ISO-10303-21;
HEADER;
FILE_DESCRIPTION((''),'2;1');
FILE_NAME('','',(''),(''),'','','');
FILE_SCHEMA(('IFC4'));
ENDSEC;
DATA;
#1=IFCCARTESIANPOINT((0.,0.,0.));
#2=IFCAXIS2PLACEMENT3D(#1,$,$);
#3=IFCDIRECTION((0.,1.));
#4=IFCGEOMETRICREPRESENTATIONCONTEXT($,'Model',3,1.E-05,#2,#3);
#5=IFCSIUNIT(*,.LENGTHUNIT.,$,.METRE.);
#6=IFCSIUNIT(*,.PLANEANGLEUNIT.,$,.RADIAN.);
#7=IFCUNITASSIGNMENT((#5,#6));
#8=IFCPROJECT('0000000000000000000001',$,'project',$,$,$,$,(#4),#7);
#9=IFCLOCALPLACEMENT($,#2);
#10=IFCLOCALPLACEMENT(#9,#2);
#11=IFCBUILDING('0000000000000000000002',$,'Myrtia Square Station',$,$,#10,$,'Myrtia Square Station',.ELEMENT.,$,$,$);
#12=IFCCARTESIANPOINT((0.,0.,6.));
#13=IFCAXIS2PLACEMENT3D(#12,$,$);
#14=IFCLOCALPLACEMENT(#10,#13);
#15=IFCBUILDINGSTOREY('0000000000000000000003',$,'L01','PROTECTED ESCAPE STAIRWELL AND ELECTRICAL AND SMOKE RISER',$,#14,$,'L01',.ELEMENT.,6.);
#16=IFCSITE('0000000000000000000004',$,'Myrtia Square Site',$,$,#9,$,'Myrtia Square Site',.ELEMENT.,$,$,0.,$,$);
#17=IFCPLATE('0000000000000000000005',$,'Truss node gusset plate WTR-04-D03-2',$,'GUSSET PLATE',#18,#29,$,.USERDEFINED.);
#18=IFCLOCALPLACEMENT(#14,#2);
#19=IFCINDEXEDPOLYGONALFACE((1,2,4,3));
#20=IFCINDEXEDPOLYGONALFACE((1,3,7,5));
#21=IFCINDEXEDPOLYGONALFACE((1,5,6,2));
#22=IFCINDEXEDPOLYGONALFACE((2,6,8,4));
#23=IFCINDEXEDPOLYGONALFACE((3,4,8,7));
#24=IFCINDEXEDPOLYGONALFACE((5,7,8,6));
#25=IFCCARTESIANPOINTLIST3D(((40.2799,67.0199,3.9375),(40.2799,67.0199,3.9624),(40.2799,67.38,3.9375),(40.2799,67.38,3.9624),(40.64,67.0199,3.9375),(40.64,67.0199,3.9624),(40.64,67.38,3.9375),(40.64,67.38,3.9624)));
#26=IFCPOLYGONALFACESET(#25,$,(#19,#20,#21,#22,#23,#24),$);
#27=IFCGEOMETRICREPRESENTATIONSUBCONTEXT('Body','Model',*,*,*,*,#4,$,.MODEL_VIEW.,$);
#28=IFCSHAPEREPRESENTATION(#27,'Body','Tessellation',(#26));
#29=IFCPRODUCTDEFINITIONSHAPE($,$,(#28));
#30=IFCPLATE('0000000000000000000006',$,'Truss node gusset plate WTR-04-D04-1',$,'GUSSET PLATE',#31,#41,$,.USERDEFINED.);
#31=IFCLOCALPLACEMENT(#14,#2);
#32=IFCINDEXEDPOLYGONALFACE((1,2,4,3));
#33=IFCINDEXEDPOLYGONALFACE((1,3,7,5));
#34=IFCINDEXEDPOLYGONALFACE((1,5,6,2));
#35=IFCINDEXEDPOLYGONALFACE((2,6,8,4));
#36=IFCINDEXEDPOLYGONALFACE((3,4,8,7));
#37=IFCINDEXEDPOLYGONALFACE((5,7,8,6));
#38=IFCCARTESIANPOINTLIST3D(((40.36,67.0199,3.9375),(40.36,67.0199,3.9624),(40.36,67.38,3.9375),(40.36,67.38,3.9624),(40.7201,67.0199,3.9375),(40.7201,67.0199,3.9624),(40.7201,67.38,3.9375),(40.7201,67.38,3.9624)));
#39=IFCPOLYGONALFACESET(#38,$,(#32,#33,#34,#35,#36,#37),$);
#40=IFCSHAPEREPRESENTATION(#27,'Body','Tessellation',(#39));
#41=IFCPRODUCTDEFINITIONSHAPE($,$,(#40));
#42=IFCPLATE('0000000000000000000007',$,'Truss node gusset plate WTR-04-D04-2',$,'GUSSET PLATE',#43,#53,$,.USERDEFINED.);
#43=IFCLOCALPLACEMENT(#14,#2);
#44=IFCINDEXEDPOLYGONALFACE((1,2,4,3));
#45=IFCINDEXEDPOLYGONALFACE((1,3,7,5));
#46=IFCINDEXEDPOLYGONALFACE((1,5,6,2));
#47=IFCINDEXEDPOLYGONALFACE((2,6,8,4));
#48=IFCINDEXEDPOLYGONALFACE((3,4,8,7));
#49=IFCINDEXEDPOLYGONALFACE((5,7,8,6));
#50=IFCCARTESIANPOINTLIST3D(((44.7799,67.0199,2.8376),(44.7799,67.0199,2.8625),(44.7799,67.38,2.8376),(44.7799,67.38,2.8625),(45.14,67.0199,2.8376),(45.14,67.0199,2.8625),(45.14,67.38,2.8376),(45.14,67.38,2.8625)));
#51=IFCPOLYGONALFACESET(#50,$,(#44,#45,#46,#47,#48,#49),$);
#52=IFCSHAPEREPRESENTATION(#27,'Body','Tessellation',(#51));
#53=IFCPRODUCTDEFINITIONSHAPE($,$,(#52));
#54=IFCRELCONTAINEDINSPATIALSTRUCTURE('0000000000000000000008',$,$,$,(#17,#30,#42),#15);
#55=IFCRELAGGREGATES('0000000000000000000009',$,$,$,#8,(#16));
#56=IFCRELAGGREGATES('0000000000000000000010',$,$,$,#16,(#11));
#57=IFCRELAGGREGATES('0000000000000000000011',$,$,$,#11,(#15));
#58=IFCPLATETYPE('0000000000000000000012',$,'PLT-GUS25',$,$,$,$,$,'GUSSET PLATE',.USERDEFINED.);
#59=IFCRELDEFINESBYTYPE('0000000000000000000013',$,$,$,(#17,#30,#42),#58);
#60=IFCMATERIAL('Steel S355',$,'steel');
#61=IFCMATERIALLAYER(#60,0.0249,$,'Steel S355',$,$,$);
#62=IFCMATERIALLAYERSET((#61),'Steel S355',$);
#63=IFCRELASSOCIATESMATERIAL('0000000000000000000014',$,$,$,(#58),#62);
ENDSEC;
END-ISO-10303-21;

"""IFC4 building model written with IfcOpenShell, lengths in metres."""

from ifc_helpers import new_model, si_unit, direction, frame, origin, origin_2d, place, context, subcontext, project, spatial, rectangle, extrude, material, layer, layer_set, type_object, element, save


model = new_model("IFC4")

# Units and contexts
model_context = context("Model", 3, precision=1e-05, world=origin(), true_north=direction((0.0, 1.0)))
body_context = subcontext(model_context, "Body", "Model", "MODEL_VIEW")
ifc_project = project(units=[si_unit("LENGTHUNIT", "METRE"), si_unit("PLANEANGLEUNIT", "RADIAN")], contexts=[model_context])

# Site, building, storey
site_placement = place(None, origin())
site = spatial("IfcSite", under=ifc_project, at=site_placement, Name="Myrtia Square Site", LongName="Myrtia Square Site", CompositionType="ELEMENT", RefElevation=0.0)
building_placement = place(site_placement, origin())
building = spatial("IfcBuilding", under=site, at=building_placement, Name="Myrtia Square Station", LongName="Myrtia Square Station", CompositionType="ELEMENT")
storey_placement = place(building_placement, frame((0.0, 0.0, 6.0)))
storey = spatial("IfcBuildingStorey", under=building, at=storey_placement, Name="L01", Description="PROTECTED ESCAPE STAIRWELL AND ELECTRICAL AND SMOKE RISER", LongName="L01", CompositionType="ELEMENT", Elevation=6.0)

# Shared definitions
ifc_material_1 = material(Name="Steel S355", Category="steel")

# Plates
ifc_layer = layer(ifc_material_1, 0.0249, Name="Steel S355")
ifc_layer_set = layer_set([ifc_layer], Name="Steel S355")
plate_type = type_object("IfcPlateType", Name="PLT-GUS25", ElementType="GUSSET PLATE", PredefinedType="USERDEFINED", material=ifc_layer_set)
for number, where, z_axis, x_axis, name in (
    (1, (40.46, 67.2, 3.9375), (0.0, 0.0, 1.0), (1.0, 0.0, 0.0), "Truss node gusset plate WTR-04-D03-2"),
    (2, (40.54, 67.2, 3.9375), (0.0, 0.0, 1.0), (1.0, 0.0, 0.0), "Truss node gusset plate WTR-04-D04-1"),
    (3, (44.96, 67.2, 2.8376), (0.0, 0.0, 1.0), (1.0, 0.0, 0.0), "Truss node gusset plate WTR-04-D04-2"),
):
    element("IfcPlate", number, at=place(storey_placement, frame(where, z_axis=z_axis, x_axis=x_axis)), inside=storey, type_object=plate_type, Name=name, ObjectType="GUSSET PLATE", PredefinedType="USERDEFINED", context=body_context, shape_type="SweptSolid", body=[
        extrude(rectangle(XDim=0.3601, YDim=0.3601, at=origin_2d()), origin(), (0.0, 0.0, 1.0), 0.0249),
    ])

save(model, "model.ifc")
